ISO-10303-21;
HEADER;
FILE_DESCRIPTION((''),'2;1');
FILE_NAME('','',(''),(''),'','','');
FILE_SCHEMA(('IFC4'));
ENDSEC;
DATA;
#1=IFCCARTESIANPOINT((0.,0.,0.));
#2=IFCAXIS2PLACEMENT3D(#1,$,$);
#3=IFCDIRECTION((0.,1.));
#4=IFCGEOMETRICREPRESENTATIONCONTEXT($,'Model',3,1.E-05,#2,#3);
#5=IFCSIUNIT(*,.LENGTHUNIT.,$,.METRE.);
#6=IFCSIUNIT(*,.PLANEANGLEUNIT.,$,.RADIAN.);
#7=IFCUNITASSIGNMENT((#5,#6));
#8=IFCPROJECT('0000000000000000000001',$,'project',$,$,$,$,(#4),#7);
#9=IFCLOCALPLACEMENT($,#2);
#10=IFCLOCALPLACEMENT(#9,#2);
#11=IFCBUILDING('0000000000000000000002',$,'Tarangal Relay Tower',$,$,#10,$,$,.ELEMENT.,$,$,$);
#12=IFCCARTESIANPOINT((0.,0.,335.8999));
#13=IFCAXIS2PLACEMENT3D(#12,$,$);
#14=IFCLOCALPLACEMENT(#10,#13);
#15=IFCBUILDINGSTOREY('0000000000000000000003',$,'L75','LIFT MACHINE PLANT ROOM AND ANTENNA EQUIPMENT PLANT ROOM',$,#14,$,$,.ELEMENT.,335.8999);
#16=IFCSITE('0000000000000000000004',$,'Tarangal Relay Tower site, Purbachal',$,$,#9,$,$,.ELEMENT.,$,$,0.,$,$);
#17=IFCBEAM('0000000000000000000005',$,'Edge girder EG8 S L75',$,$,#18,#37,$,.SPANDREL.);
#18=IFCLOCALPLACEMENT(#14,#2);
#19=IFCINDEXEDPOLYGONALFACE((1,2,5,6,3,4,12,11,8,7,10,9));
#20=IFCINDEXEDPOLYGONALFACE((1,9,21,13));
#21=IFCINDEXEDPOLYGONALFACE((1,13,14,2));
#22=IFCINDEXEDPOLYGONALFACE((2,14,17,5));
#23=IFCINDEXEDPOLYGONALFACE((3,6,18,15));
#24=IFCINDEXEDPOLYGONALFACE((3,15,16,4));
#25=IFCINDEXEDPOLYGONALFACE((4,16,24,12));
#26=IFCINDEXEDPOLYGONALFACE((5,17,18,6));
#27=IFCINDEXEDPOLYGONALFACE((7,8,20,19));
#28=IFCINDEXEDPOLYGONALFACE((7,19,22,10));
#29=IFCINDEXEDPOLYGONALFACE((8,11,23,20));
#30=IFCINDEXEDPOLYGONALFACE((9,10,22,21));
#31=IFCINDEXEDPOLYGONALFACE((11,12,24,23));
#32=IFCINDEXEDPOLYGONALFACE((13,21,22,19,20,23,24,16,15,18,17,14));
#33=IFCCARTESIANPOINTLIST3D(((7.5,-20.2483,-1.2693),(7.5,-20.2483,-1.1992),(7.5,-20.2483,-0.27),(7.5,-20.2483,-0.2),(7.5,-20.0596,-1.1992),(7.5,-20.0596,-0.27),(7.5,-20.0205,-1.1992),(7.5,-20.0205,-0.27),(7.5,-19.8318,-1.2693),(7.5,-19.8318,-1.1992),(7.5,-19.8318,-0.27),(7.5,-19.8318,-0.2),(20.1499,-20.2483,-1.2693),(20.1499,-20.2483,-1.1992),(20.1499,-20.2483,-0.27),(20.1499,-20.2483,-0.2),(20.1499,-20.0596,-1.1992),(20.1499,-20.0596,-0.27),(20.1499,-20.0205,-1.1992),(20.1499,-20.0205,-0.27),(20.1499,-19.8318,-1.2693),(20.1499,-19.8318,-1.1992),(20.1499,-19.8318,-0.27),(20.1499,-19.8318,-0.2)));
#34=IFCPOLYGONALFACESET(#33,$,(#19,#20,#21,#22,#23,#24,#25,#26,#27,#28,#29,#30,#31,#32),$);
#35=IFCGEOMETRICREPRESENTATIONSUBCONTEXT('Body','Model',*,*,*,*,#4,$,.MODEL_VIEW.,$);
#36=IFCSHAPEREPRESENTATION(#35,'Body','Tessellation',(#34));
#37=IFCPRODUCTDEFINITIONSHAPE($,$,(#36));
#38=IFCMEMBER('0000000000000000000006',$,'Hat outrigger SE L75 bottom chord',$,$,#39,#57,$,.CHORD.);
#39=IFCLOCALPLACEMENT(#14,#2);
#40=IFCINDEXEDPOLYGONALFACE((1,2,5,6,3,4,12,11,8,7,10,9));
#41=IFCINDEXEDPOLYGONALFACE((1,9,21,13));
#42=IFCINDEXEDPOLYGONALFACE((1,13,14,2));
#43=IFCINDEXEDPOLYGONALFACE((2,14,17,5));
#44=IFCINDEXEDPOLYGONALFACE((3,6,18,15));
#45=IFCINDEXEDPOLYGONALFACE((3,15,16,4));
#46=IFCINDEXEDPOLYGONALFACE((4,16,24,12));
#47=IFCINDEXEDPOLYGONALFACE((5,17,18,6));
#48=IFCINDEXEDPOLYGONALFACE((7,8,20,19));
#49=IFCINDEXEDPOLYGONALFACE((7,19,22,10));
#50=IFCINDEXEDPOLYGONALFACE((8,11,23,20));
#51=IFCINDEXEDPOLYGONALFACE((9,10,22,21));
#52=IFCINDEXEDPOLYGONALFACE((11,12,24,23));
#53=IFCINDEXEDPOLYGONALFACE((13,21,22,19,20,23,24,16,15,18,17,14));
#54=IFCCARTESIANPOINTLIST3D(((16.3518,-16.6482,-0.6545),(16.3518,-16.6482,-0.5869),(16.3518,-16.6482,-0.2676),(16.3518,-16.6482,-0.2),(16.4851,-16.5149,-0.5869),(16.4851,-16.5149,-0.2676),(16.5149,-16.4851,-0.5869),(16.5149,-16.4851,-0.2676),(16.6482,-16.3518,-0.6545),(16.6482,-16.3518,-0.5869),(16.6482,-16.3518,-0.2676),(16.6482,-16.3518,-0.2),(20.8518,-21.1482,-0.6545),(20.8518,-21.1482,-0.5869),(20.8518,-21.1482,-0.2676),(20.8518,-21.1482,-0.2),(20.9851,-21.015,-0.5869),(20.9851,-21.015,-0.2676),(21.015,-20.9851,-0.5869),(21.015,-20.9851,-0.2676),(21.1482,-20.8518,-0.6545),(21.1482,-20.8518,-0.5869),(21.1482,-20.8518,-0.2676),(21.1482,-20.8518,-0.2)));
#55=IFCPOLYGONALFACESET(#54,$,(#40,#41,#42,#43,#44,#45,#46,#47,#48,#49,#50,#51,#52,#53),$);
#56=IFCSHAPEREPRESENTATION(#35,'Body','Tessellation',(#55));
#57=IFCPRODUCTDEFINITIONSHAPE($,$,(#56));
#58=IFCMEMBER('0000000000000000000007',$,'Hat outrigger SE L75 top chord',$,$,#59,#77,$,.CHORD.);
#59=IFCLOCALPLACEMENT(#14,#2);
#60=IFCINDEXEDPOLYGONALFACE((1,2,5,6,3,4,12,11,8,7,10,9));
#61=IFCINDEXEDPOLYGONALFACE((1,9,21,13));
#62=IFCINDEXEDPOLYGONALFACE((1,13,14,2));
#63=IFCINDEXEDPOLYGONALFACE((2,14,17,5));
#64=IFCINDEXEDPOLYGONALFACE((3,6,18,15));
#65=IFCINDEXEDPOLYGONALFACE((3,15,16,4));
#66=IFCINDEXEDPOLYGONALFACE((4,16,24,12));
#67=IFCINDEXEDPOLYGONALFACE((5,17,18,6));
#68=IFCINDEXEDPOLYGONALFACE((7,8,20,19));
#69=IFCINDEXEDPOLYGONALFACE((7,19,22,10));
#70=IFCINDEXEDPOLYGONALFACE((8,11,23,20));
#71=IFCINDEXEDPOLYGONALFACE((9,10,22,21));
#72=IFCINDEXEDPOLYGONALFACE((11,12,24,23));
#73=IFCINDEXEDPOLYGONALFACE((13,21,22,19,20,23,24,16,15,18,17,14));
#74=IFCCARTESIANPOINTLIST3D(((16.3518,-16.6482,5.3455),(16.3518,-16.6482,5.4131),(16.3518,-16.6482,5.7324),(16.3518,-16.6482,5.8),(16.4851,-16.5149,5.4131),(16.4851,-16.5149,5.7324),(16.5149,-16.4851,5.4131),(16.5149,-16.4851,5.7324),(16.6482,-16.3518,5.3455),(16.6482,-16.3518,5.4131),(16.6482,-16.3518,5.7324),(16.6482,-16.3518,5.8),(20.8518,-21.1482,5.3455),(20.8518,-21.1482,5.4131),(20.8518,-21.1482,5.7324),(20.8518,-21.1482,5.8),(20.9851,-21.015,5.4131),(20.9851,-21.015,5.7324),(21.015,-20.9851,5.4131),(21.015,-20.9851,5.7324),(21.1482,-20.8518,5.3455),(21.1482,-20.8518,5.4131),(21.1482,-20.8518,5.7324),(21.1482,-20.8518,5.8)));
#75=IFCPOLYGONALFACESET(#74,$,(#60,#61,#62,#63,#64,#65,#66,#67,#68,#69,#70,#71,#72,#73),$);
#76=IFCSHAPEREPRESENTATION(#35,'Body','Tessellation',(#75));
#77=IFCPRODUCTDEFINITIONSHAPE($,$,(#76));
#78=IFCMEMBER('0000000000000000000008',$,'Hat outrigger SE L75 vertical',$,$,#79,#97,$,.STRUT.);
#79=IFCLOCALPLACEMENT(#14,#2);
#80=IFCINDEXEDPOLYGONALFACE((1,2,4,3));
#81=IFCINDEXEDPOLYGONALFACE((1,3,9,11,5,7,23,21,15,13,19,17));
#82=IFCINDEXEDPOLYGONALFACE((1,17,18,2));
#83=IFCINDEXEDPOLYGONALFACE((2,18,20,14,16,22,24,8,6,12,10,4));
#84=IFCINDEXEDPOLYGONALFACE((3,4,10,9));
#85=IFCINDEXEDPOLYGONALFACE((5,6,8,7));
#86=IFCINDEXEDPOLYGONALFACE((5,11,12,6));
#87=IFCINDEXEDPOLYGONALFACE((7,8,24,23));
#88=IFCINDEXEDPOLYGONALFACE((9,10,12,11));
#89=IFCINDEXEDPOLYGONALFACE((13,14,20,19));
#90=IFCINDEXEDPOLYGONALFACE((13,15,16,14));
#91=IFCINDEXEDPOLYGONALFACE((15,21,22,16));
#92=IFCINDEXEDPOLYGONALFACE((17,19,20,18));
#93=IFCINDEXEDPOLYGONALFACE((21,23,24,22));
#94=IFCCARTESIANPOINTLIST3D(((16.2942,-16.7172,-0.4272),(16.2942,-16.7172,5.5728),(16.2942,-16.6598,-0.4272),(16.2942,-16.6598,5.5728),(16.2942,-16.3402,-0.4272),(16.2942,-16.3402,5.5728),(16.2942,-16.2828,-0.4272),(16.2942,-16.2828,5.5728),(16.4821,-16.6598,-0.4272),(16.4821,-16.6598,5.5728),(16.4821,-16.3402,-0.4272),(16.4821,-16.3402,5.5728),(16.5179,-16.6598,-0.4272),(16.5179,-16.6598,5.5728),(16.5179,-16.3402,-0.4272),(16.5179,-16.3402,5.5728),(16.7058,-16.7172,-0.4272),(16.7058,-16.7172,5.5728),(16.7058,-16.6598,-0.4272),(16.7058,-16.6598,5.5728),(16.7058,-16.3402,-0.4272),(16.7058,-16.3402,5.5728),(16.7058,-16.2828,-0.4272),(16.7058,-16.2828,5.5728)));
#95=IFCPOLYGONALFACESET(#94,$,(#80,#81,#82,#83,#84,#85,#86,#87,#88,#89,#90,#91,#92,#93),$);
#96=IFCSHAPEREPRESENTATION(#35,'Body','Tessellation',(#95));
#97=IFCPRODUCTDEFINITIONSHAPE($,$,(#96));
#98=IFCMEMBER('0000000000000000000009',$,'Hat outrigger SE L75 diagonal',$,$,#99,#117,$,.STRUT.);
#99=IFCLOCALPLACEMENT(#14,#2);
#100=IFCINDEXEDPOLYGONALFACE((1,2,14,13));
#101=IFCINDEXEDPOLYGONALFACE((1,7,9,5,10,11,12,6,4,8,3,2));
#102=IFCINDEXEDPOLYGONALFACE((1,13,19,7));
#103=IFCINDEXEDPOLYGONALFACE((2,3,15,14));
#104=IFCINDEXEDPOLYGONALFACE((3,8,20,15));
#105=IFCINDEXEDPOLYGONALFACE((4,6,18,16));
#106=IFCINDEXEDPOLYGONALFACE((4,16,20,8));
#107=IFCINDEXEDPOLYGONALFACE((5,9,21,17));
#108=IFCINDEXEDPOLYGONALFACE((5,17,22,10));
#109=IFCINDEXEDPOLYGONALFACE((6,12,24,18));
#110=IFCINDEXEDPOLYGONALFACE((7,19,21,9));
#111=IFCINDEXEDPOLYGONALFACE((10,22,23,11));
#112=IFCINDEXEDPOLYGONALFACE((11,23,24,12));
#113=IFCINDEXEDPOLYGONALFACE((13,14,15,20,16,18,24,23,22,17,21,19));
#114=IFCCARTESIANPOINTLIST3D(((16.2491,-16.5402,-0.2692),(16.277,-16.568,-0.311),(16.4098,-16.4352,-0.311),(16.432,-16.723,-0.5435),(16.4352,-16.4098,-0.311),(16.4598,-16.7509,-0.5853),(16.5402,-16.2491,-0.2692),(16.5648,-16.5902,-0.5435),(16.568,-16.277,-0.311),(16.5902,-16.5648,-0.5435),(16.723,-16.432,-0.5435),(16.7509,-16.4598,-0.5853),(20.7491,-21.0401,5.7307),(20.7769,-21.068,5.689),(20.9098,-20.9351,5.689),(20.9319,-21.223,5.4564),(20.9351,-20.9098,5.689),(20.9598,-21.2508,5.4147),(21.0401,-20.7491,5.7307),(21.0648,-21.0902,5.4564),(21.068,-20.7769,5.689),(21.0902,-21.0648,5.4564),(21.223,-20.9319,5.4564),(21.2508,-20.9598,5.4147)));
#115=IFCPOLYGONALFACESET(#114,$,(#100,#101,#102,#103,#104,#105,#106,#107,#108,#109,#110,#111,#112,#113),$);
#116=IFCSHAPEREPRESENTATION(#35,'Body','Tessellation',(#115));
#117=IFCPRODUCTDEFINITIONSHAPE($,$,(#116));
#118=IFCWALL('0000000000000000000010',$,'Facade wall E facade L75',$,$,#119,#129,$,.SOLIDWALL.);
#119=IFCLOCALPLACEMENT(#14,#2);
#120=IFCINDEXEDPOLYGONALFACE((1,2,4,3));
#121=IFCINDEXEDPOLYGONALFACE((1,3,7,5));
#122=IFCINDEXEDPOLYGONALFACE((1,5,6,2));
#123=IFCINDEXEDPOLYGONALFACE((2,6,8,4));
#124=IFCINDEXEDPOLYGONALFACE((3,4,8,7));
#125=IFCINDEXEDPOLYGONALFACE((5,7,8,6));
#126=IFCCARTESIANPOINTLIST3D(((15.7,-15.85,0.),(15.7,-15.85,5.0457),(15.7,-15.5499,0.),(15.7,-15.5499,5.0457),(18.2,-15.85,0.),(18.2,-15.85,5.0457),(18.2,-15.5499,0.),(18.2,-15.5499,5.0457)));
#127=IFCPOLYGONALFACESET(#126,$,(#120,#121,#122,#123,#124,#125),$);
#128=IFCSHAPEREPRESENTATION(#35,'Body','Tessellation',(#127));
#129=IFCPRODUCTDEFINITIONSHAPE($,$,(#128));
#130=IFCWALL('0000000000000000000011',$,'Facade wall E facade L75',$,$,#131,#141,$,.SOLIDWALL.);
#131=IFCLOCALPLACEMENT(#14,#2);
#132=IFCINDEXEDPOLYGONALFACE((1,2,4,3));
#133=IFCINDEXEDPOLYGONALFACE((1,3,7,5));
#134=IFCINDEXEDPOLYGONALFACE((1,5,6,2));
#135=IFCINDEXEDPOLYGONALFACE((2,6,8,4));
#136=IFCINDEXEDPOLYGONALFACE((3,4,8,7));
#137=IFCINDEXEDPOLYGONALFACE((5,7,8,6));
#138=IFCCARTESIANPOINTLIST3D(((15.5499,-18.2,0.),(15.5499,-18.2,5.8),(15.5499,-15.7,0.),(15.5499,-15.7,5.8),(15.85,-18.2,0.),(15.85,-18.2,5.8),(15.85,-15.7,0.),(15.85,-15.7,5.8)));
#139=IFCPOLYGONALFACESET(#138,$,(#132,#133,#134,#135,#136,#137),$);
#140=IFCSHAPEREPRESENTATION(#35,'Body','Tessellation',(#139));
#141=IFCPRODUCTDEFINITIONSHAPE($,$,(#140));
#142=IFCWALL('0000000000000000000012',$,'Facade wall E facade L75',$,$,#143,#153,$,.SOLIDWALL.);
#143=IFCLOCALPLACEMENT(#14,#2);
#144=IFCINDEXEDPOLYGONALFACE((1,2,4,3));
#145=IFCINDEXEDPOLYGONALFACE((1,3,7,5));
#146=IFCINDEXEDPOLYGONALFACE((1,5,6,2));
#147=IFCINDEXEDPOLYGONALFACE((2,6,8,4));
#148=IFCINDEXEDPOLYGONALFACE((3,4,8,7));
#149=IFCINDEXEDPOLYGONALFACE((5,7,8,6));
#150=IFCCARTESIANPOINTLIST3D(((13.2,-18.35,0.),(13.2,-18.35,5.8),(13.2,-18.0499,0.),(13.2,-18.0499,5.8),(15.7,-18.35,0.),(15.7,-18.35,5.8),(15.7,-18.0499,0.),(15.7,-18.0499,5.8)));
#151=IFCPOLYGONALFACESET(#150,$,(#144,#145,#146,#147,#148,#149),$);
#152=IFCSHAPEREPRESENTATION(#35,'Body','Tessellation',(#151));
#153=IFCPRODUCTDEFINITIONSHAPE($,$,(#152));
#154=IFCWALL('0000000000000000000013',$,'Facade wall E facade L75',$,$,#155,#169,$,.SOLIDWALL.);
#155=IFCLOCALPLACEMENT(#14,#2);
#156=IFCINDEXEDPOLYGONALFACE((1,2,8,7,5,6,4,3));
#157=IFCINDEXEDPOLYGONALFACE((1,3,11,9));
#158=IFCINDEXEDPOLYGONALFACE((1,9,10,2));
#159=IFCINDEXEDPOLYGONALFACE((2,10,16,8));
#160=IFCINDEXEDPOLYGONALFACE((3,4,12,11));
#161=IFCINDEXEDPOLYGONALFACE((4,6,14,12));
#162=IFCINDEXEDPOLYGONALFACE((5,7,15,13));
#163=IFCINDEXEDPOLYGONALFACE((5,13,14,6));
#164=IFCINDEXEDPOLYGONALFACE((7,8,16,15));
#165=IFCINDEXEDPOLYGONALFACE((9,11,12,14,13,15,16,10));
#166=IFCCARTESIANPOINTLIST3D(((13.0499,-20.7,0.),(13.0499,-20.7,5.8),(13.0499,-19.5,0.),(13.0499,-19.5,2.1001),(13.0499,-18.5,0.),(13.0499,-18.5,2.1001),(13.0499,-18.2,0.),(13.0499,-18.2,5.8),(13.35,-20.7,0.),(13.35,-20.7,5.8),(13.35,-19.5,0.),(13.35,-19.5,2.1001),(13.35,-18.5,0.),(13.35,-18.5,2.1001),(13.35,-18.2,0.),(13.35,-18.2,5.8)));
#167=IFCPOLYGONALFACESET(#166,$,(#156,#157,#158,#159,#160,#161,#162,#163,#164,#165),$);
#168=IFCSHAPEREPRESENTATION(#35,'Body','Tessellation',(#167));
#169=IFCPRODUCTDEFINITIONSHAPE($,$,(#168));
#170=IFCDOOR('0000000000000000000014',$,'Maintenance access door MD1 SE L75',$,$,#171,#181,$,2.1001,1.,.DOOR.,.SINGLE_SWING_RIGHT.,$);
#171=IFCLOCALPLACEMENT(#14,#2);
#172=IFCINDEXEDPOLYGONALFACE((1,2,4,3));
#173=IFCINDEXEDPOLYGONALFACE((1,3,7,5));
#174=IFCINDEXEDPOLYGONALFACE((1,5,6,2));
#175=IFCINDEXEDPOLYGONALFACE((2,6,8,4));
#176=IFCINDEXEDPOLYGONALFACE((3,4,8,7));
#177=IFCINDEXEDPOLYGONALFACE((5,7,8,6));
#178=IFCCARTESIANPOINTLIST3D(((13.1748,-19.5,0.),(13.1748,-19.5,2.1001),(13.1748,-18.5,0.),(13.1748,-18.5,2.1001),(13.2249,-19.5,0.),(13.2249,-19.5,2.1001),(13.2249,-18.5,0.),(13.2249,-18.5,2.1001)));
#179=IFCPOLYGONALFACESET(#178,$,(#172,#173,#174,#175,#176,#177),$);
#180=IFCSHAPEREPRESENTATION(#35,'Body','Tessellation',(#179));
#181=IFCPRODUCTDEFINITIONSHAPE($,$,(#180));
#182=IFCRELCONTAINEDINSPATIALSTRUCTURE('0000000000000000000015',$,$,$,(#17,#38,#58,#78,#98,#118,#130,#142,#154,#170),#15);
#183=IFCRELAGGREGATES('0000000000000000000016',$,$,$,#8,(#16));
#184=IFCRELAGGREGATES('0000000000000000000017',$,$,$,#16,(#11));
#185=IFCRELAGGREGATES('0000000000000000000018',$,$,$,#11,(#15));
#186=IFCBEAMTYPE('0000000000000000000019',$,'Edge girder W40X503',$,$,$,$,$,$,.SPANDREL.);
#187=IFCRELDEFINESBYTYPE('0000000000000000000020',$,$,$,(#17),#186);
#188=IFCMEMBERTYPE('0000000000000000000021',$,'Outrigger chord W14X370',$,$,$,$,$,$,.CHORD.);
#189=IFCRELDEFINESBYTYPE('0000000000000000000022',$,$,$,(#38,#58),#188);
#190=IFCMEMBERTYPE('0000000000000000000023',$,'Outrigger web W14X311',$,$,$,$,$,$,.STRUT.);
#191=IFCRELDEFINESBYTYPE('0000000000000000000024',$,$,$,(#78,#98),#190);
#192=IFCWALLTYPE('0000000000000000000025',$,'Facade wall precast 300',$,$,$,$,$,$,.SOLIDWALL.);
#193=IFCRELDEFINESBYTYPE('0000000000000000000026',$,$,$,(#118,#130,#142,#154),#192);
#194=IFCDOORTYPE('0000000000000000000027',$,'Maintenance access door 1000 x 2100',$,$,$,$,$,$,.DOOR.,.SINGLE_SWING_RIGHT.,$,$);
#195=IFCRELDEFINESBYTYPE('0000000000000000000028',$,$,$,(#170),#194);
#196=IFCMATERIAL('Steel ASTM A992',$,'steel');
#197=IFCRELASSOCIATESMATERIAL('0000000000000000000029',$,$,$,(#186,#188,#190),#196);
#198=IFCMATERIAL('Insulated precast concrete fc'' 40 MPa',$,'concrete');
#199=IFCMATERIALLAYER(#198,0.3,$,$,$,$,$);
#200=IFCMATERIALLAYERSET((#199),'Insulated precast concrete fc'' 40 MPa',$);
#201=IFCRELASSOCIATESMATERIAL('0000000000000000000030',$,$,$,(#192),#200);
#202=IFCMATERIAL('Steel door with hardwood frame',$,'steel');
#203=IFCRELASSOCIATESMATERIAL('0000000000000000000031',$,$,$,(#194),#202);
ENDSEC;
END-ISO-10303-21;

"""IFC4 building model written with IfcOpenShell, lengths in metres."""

from ifc_helpers import new_model, si_unit, direction, frame, frame_2d, origin, origin_2d, place, context, subcontext, project, spatial, rectangle, i_section, extrude, material, layer, layer_set, material_profile, profile_set, type_object, element, fill, save


model = new_model("IFC4")

# Units and contexts
model_context = context("Model", 3, precision=1e-05, world=origin(), true_north=direction((0.0, 1.0)))
body_context = subcontext(model_context, "Body", "Model", "MODEL_VIEW")
ifc_project = project(units=[si_unit("LENGTHUNIT", "METRE"), si_unit("PLANEANGLEUNIT", "RADIAN")], contexts=[model_context])

# Site, building, storey
site_placement = place(None, origin())
site = spatial("IfcSite", under=ifc_project, at=site_placement, Name="Tarangal Relay Tower site, Purbachal", CompositionType="ELEMENT", RefElevation=0.0)
building_placement = place(site_placement, origin())
building = spatial("IfcBuilding", under=site, at=building_placement, Name="Tarangal Relay Tower", CompositionType="ELEMENT")
storey_placement = place(building_placement, frame((0.0, 0.0, 335.8999)))
storey = spatial("IfcBuildingStorey", under=building, at=storey_placement, Name="L75", Description="LIFT MACHINE PLANT ROOM AND ANTENNA EQUIPMENT PLANT ROOM", CompositionType="ELEMENT", Elevation=335.8999)

# Shared definitions
ifc_material_1 = material(Name="Steel ASTM A992", Category="steel")

# Beam
ifc_material_profile_1 = material_profile(ifc_material_1, i_section(OverallWidth=0.4165, OverallDepth=1.0693, WebThickness=0.0391, FlangeThickness=0.0701, at=origin_2d()), Name="W40X503")
ifc_profile_set_1 = profile_set([ifc_material_profile_1], Name="Steel ASTM A992")
beam_type_1 = type_object("IfcBeamType", Name="Edge girder W40X503", PredefinedType="SPANDREL", material=ifc_profile_set_1)
beam_placement = place(storey_placement, frame((20.1499, -20.04, -0.7346), z_axis=(-1.0, 0.0, 0.0), x_axis=(0.0, -1.0, 0.0)))
element("IfcBeam", 1, at=beam_placement, inside=storey, type_object=beam_type_1, Name="Edge girder EG8 S L75", PredefinedType="SPANDREL", context=body_context, shape_type="SweptSolid", body=[
    extrude(i_section(OverallWidth=0.4165, OverallDepth=1.0693, WebThickness=0.0391, FlangeThickness=0.0701, at=origin_2d()), origin(), (0.0, 0.0, 1.0), 12.6499),
])

# Members
ifc_material_profile_2 = material_profile(ifc_material_1, i_section(OverallWidth=0.4192, OverallDepth=0.4546, WebThickness=0.0422, FlangeThickness=0.0676, at=origin_2d()), Name="W14X370")
ifc_profile_set_2 = profile_set([ifc_material_profile_2], Name="Steel ASTM A992")
member_type_1 = type_object("IfcMemberType", Name="Outrigger chord W14X370", PredefinedType="CHORD", material=ifc_profile_set_2)
for number, where, z_axis, x_axis, name in (
    (2, (16.5, -16.5, -0.4272), (0.707107, -0.707107, 0.0), (0.707107, 0.707107, 0.0), "Hat outrigger SE L75 bottom chord"),
    (3, (16.5, -16.5, 5.5728), (0.707107, -0.707107, 0.0), (0.707107, 0.707107, 0.0), "Hat outrigger SE L75 top chord"),
):
    element("IfcMember", number, at=place(storey_placement, frame(where, z_axis=z_axis, x_axis=x_axis)), inside=storey, type_object=member_type_1, Name=name, PredefinedType="CHORD", context=body_context, shape_type="SweptSolid", body=[
        extrude(i_section(OverallWidth=0.4192, OverallDepth=0.4546, WebThickness=0.0422, FlangeThickness=0.0676, at=origin_2d()), origin(), (0.0, 0.0, 1.0), 6.364),
    ])
ifc_material_profile_3 = material_profile(ifc_material_1, i_section(OverallWidth=0.4116, OverallDepth=0.4343, WebThickness=0.0359, FlangeThickness=0.0574, at=origin_2d()), Name="W14X311")
ifc_profile_set_3 = profile_set([ifc_material_profile_3], Name="Steel ASTM A992")
member_type_2 = type_object("IfcMemberType", Name="Outrigger web W14X311", PredefinedType="STRUT", material=ifc_profile_set_3)
member_1_placement = place(storey_placement, frame((16.5, -16.5, -0.4272), z_axis=(0.0, 0.0, 1.0), x_axis=(1.0, 0.0, 0.0)))
element("IfcMember", 4, at=member_1_placement, inside=storey, type_object=member_type_2, Name="Hat outrigger SE L75 vertical", PredefinedType="STRUT", context=body_context, shape_type="SweptSolid", body=[
    extrude(i_section(OverallWidth=0.4116, OverallDepth=0.4343, WebThickness=0.0359, FlangeThickness=0.0574, at=origin_2d()), origin(), (0.0, 0.0, 1.0), 6.0),
])
member_2_placement = place(storey_placement, frame((16.5, -16.5, -0.4272), z_axis=(0.514496, -0.514496, 0.685994), x_axis=(0.707107, 0.707107, 0.0)))
element("IfcMember", 5, at=member_2_placement, inside=storey, type_object=member_type_2, Name="Hat outrigger SE L75 diagonal", PredefinedType="STRUT", context=body_context, shape_type="SweptSolid", body=[
    extrude(i_section(OverallWidth=0.4116, OverallDepth=0.4343, WebThickness=0.0359, FlangeThickness=0.0574, at=origin_2d()), origin(), (0.0, 0.0, 1.0), 8.7463),
])

# Walls
ifc_material_2 = material(Name="Insulated precast concrete fc' 40 MPa", Category="concrete")
ifc_layer_1 = layer(ifc_material_2, 0.3)
ifc_layer_set_1 = layer_set([ifc_layer_1], Name="Insulated precast concrete fc' 40 MPa")
wall_type_1 = type_object("IfcWallType", Name="Facade wall precast 300", PredefinedType="SOLIDWALL", material=ifc_layer_set_1)
wall_1_placement = place(storey_placement, frame((18.2, -15.7, 0.0), z_axis=(0.0, 0.0, 1.0), x_axis=(-1.0, 0.0, 0.0)))
element("IfcWall", 6, at=wall_1_placement, inside=storey, type_object=wall_type_1, Name="Facade wall E facade L75", PredefinedType="SOLIDWALL", context=body_context, shape_type="SweptSolid", body=[
    extrude(rectangle(XDim=2.5, YDim=0.3, at=frame_2d((1.25, 0.0))), origin(), (0.0, 0.0, 1.0), 5.0457),
])
for number, where, z_axis, x_axis, name in (
    (7, (15.7, -15.7, 0.0), (0.0, 0.0, 1.0), (0.0, -1.0, 0.0), "Facade wall E facade L75"),
    (8, (15.7, -18.2, 0.0), (0.0, 0.0, 1.0), (-1.0, 0.0, 0.0), "Facade wall E facade L75"),
):
    element("IfcWall", number, at=place(storey_placement, frame(where, z_axis=z_axis, x_axis=x_axis)), inside=storey, type_object=wall_type_1, Name=name, PredefinedType="SOLIDWALL", context=body_context, shape_type="SweptSolid", body=[
        extrude(rectangle(XDim=2.5, YDim=0.3, at=frame_2d((1.25, 0.0))), origin(), (0.0, 0.0, 1.0), 5.8),
    ])

# Wall, opening, door
wall_2_placement = place(storey_placement, frame((13.2, -18.2, 0.0), z_axis=(0.0, 0.0, 1.0), x_axis=(0.0, -1.0, 0.0)))
wall_2 = element("IfcWall", 9, at=wall_2_placement, inside=storey, type_object=wall_type_1, Name="Facade wall E facade L75", PredefinedType="SOLIDWALL", context=body_context, shape_type="SweptSolid", body=[
    extrude(rectangle(XDim=2.5, YDim=0.3, at=frame_2d((1.25, 0.0))), origin(), (0.0, 0.0, 1.0), 5.8),
])
opening_1_placement = place(wall_2_placement, frame((0.3, 0.0, 0.0)))
opening_1 = element("IfcOpeningElement", 10, at=opening_1_placement, cuts=wall_2, PredefinedType="OPENING", context=body_context, shape_type="SweptSolid", body=[
    extrude(rectangle(XDim=1.0, YDim=2.1001, at=frame_2d((0.5, 1.05))), frame((0.0, 0.1599, 0.0), z_axis=(0.0, -1.0, 0.0), x_axis=(1.0, 0.0, 0.0)), (0.0, 0.0, 1.0), 0.3201),
])
ifc_material_3 = material(Name="Steel door with hardwood frame", Category="steel")
door_type = type_object("IfcDoorType", Name="Maintenance access door 1000 x 2100", OperationType="SINGLE_SWING_RIGHT", PredefinedType="DOOR", material=ifc_material_3)
door_placement = place(opening_1_placement, origin())
door = element("IfcDoor", 11, at=door_placement, inside=storey, type_object=door_type, Name="Maintenance access door MD1 SE L75", OperationType="SINGLE_SWING_RIGHT", OverallHeight=2.1001, OverallWidth=1.0, PredefinedType="DOOR", context=body_context, shape_type="SweptSolid", body=[
    extrude(rectangle(XDim=1.0, YDim=2.1001, at=frame_2d((0.5, 1.05))), frame((0.0, 0.0249, 0.0), z_axis=(0.0, -1.0, 0.0), x_axis=(1.0, 0.0, 0.0)), (0.0, 0.0, 1.0), 0.05),
])
fill(opening_1, door)

save(model, "model.ifc")
